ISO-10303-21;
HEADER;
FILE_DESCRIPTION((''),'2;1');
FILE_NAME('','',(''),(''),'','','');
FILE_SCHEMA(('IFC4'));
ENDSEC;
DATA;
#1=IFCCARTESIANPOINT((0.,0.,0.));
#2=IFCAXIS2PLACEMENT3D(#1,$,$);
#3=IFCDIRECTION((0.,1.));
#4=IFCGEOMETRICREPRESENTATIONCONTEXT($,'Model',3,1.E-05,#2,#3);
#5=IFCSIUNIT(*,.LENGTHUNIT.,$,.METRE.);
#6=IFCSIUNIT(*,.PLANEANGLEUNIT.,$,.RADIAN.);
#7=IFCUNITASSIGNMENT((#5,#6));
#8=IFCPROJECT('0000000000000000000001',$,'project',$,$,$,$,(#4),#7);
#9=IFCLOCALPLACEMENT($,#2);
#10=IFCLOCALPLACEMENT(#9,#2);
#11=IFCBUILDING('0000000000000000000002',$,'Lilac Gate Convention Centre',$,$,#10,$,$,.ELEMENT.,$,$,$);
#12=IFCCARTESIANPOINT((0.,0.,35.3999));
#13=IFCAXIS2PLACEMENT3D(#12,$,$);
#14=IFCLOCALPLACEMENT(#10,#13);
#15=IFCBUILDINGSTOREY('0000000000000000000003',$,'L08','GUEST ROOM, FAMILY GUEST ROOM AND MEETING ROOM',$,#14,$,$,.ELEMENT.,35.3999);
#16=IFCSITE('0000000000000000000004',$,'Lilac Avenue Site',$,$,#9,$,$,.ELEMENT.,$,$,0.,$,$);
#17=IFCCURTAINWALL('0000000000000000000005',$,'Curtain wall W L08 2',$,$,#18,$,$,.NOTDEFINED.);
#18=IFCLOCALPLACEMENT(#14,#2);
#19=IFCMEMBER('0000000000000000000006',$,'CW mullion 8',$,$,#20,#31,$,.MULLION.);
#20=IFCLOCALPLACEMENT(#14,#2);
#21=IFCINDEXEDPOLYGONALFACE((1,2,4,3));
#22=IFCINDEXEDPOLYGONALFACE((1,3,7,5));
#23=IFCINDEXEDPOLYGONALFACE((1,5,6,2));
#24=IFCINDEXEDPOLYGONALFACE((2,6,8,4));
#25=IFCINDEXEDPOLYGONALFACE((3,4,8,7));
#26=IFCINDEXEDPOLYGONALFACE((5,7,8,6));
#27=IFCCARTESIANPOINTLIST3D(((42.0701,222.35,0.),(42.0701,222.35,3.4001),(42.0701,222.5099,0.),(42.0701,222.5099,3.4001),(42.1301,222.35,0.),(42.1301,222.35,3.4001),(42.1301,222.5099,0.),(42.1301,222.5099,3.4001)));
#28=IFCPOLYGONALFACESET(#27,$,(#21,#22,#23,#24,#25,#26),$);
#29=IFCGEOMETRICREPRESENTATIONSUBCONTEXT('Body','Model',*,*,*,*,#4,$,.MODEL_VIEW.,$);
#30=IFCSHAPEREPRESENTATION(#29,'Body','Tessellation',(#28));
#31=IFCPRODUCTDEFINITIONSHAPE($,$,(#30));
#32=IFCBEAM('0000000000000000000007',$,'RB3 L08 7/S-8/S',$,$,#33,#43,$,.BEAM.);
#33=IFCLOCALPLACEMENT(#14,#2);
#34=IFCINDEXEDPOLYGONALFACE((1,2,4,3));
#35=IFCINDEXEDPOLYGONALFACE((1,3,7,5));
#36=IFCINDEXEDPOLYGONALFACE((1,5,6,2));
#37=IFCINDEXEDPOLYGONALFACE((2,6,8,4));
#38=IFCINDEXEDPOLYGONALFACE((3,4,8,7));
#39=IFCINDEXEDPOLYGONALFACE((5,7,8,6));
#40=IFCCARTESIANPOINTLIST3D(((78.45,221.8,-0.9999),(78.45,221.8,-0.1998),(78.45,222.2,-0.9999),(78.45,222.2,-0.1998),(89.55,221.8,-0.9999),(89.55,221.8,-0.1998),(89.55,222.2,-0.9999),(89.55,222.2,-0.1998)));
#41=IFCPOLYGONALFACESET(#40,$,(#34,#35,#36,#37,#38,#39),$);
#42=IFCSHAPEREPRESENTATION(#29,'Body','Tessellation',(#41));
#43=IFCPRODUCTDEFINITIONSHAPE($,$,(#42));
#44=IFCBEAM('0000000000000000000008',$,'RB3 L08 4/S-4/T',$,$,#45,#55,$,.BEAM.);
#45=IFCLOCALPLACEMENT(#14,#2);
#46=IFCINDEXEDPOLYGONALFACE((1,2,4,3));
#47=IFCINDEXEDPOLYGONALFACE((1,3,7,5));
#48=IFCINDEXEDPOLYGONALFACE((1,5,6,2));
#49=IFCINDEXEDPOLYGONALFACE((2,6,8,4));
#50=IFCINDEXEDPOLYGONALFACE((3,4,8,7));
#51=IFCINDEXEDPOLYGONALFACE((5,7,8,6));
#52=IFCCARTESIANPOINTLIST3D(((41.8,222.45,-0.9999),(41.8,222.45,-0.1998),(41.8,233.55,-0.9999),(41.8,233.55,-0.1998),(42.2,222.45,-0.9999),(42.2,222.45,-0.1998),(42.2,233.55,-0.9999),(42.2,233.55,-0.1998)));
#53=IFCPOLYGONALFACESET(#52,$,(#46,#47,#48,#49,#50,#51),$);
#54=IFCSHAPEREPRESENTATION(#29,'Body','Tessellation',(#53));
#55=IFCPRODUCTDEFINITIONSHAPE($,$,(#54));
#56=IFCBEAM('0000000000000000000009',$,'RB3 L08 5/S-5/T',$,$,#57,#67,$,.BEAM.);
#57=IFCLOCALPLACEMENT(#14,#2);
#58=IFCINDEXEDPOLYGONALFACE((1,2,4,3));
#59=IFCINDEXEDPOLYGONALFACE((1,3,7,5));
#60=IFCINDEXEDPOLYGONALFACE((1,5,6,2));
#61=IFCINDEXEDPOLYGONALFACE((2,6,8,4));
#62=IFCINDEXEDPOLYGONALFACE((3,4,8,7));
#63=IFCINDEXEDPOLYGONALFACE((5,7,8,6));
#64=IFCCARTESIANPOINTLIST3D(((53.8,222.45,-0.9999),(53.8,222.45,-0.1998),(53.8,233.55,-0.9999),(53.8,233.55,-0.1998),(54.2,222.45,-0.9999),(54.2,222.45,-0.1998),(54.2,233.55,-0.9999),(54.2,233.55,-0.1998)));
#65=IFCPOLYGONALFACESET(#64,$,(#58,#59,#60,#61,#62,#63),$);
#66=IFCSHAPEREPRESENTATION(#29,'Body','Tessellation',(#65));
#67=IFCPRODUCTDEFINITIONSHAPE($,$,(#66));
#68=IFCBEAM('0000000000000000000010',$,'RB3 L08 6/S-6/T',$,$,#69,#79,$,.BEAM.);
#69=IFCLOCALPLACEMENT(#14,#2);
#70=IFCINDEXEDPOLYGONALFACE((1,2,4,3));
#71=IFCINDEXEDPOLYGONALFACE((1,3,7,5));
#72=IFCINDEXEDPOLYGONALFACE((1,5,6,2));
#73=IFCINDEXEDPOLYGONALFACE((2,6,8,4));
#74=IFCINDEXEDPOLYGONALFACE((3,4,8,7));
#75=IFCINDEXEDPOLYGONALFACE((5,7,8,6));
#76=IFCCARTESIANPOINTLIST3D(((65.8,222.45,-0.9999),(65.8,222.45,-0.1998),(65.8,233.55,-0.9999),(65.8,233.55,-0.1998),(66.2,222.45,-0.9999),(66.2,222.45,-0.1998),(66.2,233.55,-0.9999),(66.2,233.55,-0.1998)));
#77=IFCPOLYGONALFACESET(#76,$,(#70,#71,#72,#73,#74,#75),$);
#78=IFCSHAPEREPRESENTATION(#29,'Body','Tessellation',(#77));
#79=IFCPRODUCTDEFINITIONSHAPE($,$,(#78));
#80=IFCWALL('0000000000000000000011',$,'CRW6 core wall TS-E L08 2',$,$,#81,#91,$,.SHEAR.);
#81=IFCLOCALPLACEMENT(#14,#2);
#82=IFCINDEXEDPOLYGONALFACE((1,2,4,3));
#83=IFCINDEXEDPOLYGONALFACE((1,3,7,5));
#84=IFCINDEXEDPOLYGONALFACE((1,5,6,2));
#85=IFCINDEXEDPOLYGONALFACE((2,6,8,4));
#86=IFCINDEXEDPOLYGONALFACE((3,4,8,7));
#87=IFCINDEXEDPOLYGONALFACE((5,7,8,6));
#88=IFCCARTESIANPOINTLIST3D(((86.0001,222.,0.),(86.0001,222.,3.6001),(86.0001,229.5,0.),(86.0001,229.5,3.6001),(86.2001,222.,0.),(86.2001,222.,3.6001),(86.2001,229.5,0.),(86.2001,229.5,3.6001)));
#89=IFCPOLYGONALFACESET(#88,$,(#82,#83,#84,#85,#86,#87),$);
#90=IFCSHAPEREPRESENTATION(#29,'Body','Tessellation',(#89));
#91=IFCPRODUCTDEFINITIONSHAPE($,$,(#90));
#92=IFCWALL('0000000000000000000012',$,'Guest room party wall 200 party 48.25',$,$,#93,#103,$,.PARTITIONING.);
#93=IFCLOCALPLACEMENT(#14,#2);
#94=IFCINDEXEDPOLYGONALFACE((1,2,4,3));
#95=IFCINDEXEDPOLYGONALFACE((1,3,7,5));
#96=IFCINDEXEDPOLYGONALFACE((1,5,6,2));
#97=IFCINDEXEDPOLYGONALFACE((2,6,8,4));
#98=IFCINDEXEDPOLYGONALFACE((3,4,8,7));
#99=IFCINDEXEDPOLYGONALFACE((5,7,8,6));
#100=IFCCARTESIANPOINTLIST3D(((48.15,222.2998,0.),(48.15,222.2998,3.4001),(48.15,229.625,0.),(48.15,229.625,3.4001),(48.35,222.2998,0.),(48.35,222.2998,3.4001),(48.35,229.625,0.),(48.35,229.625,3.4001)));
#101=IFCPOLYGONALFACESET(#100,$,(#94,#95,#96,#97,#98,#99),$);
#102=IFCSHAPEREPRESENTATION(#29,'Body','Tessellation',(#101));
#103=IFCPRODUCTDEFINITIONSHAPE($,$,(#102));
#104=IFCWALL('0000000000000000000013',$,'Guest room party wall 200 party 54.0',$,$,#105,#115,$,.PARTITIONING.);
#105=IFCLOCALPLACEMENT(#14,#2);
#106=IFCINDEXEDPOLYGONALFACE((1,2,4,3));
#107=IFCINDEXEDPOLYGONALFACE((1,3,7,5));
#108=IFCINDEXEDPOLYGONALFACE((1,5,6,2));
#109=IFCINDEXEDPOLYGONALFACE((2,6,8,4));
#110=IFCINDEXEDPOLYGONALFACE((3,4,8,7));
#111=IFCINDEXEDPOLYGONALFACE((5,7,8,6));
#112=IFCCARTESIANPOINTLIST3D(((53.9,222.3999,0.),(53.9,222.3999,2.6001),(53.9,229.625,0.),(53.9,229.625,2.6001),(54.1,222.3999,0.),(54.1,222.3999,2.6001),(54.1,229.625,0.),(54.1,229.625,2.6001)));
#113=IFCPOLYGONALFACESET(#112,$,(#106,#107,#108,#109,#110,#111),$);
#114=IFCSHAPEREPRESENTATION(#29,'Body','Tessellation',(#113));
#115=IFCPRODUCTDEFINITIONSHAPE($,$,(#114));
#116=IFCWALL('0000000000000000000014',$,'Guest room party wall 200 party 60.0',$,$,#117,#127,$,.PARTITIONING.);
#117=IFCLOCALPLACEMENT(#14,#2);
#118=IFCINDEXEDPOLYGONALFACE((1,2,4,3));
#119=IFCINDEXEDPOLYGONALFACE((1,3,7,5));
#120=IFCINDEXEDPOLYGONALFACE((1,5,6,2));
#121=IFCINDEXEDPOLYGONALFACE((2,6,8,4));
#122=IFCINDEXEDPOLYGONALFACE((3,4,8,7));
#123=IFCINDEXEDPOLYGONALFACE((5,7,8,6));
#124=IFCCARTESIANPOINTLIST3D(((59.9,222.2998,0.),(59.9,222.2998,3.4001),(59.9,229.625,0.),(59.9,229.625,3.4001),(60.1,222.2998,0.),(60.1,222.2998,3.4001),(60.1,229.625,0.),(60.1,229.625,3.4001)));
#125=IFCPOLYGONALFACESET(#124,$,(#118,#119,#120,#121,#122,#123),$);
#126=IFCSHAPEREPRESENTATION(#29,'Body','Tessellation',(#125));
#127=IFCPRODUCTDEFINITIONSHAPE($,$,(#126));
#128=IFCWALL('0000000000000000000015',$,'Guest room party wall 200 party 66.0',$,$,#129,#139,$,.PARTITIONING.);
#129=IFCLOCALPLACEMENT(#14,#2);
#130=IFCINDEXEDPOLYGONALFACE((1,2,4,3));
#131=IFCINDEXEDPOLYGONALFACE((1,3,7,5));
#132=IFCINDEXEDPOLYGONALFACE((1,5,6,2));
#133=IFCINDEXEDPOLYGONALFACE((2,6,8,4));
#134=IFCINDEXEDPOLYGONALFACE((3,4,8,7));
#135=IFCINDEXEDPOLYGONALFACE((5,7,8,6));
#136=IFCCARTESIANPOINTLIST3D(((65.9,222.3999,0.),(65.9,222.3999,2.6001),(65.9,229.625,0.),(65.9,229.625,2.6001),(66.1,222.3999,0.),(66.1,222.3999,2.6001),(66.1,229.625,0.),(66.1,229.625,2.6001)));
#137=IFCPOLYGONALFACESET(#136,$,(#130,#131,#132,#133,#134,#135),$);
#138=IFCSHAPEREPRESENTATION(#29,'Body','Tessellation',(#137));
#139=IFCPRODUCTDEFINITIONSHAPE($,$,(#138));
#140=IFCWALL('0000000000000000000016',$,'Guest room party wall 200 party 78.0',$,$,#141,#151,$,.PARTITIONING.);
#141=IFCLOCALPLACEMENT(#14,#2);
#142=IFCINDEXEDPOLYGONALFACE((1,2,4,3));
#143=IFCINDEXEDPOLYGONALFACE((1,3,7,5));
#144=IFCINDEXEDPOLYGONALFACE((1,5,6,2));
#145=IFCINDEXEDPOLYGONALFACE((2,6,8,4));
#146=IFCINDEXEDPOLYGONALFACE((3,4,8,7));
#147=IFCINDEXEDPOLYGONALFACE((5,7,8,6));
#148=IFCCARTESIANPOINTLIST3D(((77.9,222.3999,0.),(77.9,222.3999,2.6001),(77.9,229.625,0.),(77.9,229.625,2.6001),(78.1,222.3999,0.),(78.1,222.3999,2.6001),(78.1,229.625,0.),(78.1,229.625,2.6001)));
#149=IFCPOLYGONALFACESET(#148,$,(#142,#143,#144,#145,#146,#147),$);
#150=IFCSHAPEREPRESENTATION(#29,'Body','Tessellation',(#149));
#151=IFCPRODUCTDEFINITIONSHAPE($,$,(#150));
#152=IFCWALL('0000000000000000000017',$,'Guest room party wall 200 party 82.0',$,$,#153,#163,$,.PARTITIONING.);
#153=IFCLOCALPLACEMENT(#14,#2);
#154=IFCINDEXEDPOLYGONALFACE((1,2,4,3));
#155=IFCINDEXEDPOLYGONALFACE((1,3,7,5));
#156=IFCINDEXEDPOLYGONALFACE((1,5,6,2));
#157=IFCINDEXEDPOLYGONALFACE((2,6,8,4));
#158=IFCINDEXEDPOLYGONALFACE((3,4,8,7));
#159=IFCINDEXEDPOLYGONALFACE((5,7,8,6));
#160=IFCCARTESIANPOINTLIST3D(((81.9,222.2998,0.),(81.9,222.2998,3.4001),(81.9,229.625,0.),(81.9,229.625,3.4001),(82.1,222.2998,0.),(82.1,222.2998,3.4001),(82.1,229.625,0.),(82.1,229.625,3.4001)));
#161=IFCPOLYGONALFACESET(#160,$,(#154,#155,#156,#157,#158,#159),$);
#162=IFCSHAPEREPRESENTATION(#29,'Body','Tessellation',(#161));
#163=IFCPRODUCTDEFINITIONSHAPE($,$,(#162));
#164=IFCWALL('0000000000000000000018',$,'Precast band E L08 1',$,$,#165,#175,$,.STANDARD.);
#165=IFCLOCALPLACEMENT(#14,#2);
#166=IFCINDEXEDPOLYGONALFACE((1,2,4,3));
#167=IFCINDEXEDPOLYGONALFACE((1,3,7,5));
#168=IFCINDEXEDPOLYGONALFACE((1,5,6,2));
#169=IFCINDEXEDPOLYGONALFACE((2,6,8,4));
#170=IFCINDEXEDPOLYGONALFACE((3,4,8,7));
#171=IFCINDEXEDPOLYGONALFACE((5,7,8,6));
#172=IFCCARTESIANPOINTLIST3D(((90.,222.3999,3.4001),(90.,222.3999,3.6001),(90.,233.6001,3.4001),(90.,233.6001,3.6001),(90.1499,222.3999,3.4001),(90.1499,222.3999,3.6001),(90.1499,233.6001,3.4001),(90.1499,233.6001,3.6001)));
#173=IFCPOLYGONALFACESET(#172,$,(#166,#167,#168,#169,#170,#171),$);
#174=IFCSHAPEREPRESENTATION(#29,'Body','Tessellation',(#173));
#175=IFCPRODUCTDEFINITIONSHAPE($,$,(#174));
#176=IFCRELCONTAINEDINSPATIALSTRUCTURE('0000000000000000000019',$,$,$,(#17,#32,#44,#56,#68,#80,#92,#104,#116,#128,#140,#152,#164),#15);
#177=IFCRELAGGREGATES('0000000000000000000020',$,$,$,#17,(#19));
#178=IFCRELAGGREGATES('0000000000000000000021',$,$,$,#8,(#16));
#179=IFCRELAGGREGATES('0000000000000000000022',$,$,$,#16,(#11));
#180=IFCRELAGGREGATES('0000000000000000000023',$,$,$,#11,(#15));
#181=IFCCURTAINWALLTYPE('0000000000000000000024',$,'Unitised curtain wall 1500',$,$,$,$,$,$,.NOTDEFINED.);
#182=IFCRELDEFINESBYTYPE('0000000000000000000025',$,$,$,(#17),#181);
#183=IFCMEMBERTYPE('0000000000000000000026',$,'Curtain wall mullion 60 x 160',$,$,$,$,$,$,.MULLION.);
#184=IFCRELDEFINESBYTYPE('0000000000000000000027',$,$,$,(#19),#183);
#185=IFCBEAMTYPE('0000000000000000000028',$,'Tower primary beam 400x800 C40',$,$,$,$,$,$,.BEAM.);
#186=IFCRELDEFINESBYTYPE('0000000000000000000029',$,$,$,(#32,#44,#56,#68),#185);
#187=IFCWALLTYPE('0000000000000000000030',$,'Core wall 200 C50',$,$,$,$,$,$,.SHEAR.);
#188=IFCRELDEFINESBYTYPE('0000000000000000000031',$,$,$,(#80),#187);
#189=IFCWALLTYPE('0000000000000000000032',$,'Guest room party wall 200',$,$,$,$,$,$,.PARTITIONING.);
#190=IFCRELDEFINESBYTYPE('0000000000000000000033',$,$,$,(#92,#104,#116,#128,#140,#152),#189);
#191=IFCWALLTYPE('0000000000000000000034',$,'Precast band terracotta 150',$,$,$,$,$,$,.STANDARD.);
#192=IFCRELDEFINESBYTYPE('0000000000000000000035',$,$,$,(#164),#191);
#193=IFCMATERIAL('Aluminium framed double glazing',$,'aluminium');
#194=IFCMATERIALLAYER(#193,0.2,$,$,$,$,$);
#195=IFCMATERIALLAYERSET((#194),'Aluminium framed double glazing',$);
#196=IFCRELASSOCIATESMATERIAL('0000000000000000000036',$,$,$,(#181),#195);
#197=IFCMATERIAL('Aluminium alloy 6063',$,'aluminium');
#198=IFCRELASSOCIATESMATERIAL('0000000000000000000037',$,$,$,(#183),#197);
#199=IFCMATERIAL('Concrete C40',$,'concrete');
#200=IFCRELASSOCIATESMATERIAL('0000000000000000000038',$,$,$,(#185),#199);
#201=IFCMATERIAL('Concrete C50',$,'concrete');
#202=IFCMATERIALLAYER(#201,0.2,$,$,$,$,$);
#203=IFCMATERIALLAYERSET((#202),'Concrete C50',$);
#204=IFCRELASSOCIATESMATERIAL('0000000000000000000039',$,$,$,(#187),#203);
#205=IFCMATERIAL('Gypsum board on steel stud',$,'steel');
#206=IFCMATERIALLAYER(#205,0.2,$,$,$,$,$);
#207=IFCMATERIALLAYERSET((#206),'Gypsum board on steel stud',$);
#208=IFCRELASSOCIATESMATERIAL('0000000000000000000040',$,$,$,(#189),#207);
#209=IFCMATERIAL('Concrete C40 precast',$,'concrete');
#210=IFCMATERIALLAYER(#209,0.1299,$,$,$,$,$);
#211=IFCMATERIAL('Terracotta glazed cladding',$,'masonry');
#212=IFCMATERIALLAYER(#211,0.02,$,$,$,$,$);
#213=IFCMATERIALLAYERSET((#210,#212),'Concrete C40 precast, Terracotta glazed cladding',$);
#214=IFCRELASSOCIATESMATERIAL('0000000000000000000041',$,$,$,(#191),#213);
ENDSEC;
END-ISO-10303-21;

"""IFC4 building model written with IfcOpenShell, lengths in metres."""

from ifc_helpers import new_model, si_unit, direction, frame, frame_2d, origin, origin_2d, place, context, subcontext, project, spatial, rectangle, extrude, material, layer, layer_set, material_profile, profile_set, type_object, element, aggregate, save


model = new_model("IFC4")

# Units and contexts
model_context = context("Model", 3, precision=1e-05, world=origin(), true_north=direction((0.0, 1.0)))
body_context = subcontext(model_context, "Body", "Model", "MODEL_VIEW")
ifc_project = project(units=[si_unit("LENGTHUNIT", "METRE"), si_unit("PLANEANGLEUNIT", "RADIAN")], contexts=[model_context])

# Site, building, storey
site_placement = place(None, origin())
site = spatial("IfcSite", under=ifc_project, at=site_placement, Name="Lilac Avenue Site", CompositionType="ELEMENT", RefElevation=0.0)
building_placement = place(site_placement, origin())
building = spatial("IfcBuilding", under=site, at=building_placement, Name="Lilac Gate Convention Centre", CompositionType="ELEMENT")
storey_placement = place(building_placement, frame((0.0, 0.0, 35.3999)))
storey = spatial("IfcBuildingStorey", under=building, at=storey_placement, Name="L08", Description="GUEST ROOM, FAMILY GUEST ROOM AND MEETING ROOM", CompositionType="ELEMENT", Elevation=35.3999)

# Curtain wall, member
ifc_material_1 = material(Name="Aluminium framed double glazing", Category="aluminium")
ifc_layer_1 = layer(ifc_material_1, 0.2)
ifc_layer_set_1 = layer_set([ifc_layer_1], Name="Aluminium framed double glazing")
curtain_wall_type = type_object("IfcCurtainWallType", Name="Unitised curtain wall 1500", PredefinedType="NOTDEFINED", material=ifc_layer_set_1)
curtain_wall_placement = place(storey_placement, origin())
curtain_wall = element("IfcCurtainWall", 1, at=curtain_wall_placement, inside=storey, type_object=curtain_wall_type, Name="Curtain wall W L08 2", PredefinedType="NOTDEFINED")
ifc_material_2 = material(Name="Aluminium alloy 6063", Category="aluminium")
ifc_material_profile_1 = material_profile(ifc_material_2, rectangle(XDim=0.0601, YDim=0.1599, at=origin_2d()), Name="Curtain wall mullion 60 x 160")
ifc_profile_set_1 = profile_set([ifc_material_profile_1], Name="Aluminium alloy 6063")
member_type = type_object("IfcMemberType", Name="Curtain wall mullion 60 x 160", PredefinedType="MULLION", material=ifc_profile_set_1)
member_placement = place(storey_placement, frame((42.1001, 222.4299, 0.0), z_axis=(0.0, 0.0, 1.0), x_axis=(1.0, 0.0, 0.0)))
member = element("IfcMember", 2, at=member_placement, type_object=member_type, Name="CW mullion 8", PredefinedType="MULLION", context=body_context, shape_type="SweptSolid", body=[
    extrude(rectangle(XDim=0.0601, YDim=0.1599, at=origin_2d()), origin(), (0.0, 0.0, 1.0), 3.4001),
])
aggregate(curtain_wall, [member])

# Beams
ifc_material_3 = material(Name="Concrete C40", Category="concrete")
ifc_material_profile_2 = material_profile(ifc_material_3, rectangle(XDim=0.3999, YDim=0.8, at=origin_2d()), Name="RC 400x800")
ifc_profile_set_2 = profile_set([ifc_material_profile_2], Name="Concrete C40")
beam_type = type_object("IfcBeamType", Name="Tower primary beam 400x800 C40", PredefinedType="BEAM", material=ifc_profile_set_2)
for number, where, z_axis, x_axis, name in (
    (3, (78.45, 222.0, -0.5999), (1.0, 0.0, 0.0), (0.0, 1.0, 0.0), "RB3 L08 7/S-8/S"),
    (4, (42.0, 222.45, -0.5999), (0.0, 1.0, 0.0), (-1.0, 0.0, 0.0), "RB3 L08 4/S-4/T"),
    (5, (54.0, 222.45, -0.5999), (0.0, 1.0, 0.0), (-1.0, 0.0, 0.0), "RB3 L08 5/S-5/T"),
    (6, (66.0, 222.45, -0.5999), (0.0, 1.0, 0.0), (-1.0, 0.0, 0.0), "RB3 L08 6/S-6/T"),
):
    element("IfcBeam", number, at=place(storey_placement, frame(where, z_axis=z_axis, x_axis=x_axis)), inside=storey, type_object=beam_type, Name=name, PredefinedType="BEAM", context=body_context, shape_type="SweptSolid", body=[
        extrude(rectangle(XDim=0.3999, YDim=0.8, at=origin_2d()), origin(), (0.0, 0.0, 1.0), 11.1001),
    ])

# Walls
ifc_material_4 = material(Name="Concrete C50", Category="concrete")
ifc_layer_2 = layer(ifc_material_4, 0.2)
ifc_layer_set_2 = layer_set([ifc_layer_2], Name="Concrete C50")
wall_type_1 = type_object("IfcWallType", Name="Core wall 200 C50", PredefinedType="SHEAR", material=ifc_layer_set_2)
wall_1_placement = place(storey_placement, frame((86.1001, 222.0, 0.0), z_axis=(0.0, 0.0, 1.0), x_axis=(0.0, 1.0, 0.0)))
element("IfcWall", 7, at=wall_1_placement, inside=storey, type_object=wall_type_1, Name="CRW6 core wall TS-E L08 2", PredefinedType="SHEAR", context=body_context, shape_type="SweptSolid", body=[
    extrude(rectangle(XDim=7.5, YDim=0.2, at=frame_2d((3.75, 0.0))), origin(), (0.0, 0.0, 1.0), 3.6001),
])
ifc_material_5 = material(Name="Gypsum board on steel stud", Category="steel")
ifc_layer_3 = layer(ifc_material_5, 0.2)
ifc_layer_set_3 = layer_set([ifc_layer_3], Name="Gypsum board on steel stud")
wall_type_2 = type_object("IfcWallType", Name="Guest room party wall 200", PredefinedType="PARTITIONING", material=ifc_layer_set_3)
wall_2_placement = place(storey_placement, frame((48.25, 222.2998, 0.0), z_axis=(0.0, 0.0, 1.0), x_axis=(0.0, 1.0, 0.0)))
element("IfcWall", 8, at=wall_2_placement, inside=storey, type_object=wall_type_2, Name="Guest room party wall 200 party 48.25", PredefinedType="PARTITIONING", context=body_context, shape_type="SweptSolid", body=[
    extrude(rectangle(XDim=7.3252, YDim=0.2, at=frame_2d((3.6626, 0.0))), origin(), (0.0, 0.0, 1.0), 3.4001),
])
wall_3_placement = place(storey_placement, frame((54.0, 222.3999, 0.0), z_axis=(0.0, 0.0, 1.0), x_axis=(0.0, 1.0, 0.0)))
element("IfcWall", 9, at=wall_3_placement, inside=storey, type_object=wall_type_2, Name="Guest room party wall 200 party 54.0", PredefinedType="PARTITIONING", context=body_context, shape_type="SweptSolid", body=[
    extrude(rectangle(XDim=7.2251, YDim=0.2, at=frame_2d((3.6125, 0.0))), origin(), (0.0, 0.0, 1.0), 2.6001),
])
wall_4_placement = place(storey_placement, frame((60.0, 222.2998, 0.0), z_axis=(0.0, 0.0, 1.0), x_axis=(0.0, 1.0, 0.0)))
element("IfcWall", 10, at=wall_4_placement, inside=storey, type_object=wall_type_2, Name="Guest room party wall 200 party 60.0", PredefinedType="PARTITIONING", context=body_context, shape_type="SweptSolid", body=[
    extrude(rectangle(XDim=7.3252, YDim=0.2, at=frame_2d((3.6626, 0.0))), origin(), (0.0, 0.0, 1.0), 3.4001),
])
for number, where, z_axis, x_axis, name in (
    (11, (66.0, 222.3999, 0.0), (0.0, 0.0, 1.0), (0.0, 1.0, 0.0), "Guest room party wall 200 party 66.0"),
    (12, (78.0, 222.3999, 0.0), (0.0, 0.0, 1.0), (0.0, 1.0, 0.0), "Guest room party wall 200 party 78.0"),
):
    element("IfcWall", number, at=place(storey_placement, frame(where, z_axis=z_axis, x_axis=x_axis)), inside=storey, type_object=wall_type_2, Name=name, PredefinedType="PARTITIONING", context=body_context, shape_type="SweptSolid", body=[
        extrude(rectangle(XDim=7.2251, YDim=0.2, at=frame_2d((3.6125, 0.0))), origin(), (0.0, 0.0, 1.0), 2.6001),
    ])
wall_5_placement = place(storey_placement, frame((82.0, 222.2998, 0.0), z_axis=(0.0, 0.0, 1.0), x_axis=(0.0, 1.0, 0.0)))
element("IfcWall", 13, at=wall_5_placement, inside=storey, type_object=wall_type_2, Name="Guest room party wall 200 party 82.0", PredefinedType="PARTITIONING", context=body_context, shape_type="SweptSolid", body=[
    extrude(rectangle(XDim=7.3252, YDim=0.2, at=frame_2d((3.6626, 0.0))), origin(), (0.0, 0.0, 1.0), 3.4001),
])
ifc_material_6 = material(Name="Concrete C40 precast", Category="concrete")
ifc_layer_4 = layer(ifc_material_6, 0.1299)
ifc_material_7 = material(Name="Terracotta glazed cladding", Category="masonry")
ifc_layer_5 = layer(ifc_material_7, 0.02)
ifc_layer_set_4 = layer_set([ifc_layer_4, ifc_layer_5], Name="Concrete C40 precast, Terracotta glazed cladding")
wall_type_3 = type_object("IfcWallType", Name="Precast band terracotta 150", PredefinedType="STANDARD", material=ifc_layer_set_4)
wall_6_placement = place(storey_placement, frame((90.075, 222.3999, 3.4001), z_axis=(0.0, 0.0, 1.0), x_axis=(0.0, 1.0, 0.0)))
element("IfcWall", 14, at=wall_6_placement, inside=storey, type_object=wall_type_3, Name="Precast band E L08 1", PredefinedType="STANDARD", context=body_context, shape_type="SweptSolid", body=[
    extrude(rectangle(XDim=11.2002, YDim=0.1499, at=frame_2d((5.6001, 0.0))), origin(), (0.0, 0.0, 1.0), 0.2),
])

save(model, "model.ifc")
